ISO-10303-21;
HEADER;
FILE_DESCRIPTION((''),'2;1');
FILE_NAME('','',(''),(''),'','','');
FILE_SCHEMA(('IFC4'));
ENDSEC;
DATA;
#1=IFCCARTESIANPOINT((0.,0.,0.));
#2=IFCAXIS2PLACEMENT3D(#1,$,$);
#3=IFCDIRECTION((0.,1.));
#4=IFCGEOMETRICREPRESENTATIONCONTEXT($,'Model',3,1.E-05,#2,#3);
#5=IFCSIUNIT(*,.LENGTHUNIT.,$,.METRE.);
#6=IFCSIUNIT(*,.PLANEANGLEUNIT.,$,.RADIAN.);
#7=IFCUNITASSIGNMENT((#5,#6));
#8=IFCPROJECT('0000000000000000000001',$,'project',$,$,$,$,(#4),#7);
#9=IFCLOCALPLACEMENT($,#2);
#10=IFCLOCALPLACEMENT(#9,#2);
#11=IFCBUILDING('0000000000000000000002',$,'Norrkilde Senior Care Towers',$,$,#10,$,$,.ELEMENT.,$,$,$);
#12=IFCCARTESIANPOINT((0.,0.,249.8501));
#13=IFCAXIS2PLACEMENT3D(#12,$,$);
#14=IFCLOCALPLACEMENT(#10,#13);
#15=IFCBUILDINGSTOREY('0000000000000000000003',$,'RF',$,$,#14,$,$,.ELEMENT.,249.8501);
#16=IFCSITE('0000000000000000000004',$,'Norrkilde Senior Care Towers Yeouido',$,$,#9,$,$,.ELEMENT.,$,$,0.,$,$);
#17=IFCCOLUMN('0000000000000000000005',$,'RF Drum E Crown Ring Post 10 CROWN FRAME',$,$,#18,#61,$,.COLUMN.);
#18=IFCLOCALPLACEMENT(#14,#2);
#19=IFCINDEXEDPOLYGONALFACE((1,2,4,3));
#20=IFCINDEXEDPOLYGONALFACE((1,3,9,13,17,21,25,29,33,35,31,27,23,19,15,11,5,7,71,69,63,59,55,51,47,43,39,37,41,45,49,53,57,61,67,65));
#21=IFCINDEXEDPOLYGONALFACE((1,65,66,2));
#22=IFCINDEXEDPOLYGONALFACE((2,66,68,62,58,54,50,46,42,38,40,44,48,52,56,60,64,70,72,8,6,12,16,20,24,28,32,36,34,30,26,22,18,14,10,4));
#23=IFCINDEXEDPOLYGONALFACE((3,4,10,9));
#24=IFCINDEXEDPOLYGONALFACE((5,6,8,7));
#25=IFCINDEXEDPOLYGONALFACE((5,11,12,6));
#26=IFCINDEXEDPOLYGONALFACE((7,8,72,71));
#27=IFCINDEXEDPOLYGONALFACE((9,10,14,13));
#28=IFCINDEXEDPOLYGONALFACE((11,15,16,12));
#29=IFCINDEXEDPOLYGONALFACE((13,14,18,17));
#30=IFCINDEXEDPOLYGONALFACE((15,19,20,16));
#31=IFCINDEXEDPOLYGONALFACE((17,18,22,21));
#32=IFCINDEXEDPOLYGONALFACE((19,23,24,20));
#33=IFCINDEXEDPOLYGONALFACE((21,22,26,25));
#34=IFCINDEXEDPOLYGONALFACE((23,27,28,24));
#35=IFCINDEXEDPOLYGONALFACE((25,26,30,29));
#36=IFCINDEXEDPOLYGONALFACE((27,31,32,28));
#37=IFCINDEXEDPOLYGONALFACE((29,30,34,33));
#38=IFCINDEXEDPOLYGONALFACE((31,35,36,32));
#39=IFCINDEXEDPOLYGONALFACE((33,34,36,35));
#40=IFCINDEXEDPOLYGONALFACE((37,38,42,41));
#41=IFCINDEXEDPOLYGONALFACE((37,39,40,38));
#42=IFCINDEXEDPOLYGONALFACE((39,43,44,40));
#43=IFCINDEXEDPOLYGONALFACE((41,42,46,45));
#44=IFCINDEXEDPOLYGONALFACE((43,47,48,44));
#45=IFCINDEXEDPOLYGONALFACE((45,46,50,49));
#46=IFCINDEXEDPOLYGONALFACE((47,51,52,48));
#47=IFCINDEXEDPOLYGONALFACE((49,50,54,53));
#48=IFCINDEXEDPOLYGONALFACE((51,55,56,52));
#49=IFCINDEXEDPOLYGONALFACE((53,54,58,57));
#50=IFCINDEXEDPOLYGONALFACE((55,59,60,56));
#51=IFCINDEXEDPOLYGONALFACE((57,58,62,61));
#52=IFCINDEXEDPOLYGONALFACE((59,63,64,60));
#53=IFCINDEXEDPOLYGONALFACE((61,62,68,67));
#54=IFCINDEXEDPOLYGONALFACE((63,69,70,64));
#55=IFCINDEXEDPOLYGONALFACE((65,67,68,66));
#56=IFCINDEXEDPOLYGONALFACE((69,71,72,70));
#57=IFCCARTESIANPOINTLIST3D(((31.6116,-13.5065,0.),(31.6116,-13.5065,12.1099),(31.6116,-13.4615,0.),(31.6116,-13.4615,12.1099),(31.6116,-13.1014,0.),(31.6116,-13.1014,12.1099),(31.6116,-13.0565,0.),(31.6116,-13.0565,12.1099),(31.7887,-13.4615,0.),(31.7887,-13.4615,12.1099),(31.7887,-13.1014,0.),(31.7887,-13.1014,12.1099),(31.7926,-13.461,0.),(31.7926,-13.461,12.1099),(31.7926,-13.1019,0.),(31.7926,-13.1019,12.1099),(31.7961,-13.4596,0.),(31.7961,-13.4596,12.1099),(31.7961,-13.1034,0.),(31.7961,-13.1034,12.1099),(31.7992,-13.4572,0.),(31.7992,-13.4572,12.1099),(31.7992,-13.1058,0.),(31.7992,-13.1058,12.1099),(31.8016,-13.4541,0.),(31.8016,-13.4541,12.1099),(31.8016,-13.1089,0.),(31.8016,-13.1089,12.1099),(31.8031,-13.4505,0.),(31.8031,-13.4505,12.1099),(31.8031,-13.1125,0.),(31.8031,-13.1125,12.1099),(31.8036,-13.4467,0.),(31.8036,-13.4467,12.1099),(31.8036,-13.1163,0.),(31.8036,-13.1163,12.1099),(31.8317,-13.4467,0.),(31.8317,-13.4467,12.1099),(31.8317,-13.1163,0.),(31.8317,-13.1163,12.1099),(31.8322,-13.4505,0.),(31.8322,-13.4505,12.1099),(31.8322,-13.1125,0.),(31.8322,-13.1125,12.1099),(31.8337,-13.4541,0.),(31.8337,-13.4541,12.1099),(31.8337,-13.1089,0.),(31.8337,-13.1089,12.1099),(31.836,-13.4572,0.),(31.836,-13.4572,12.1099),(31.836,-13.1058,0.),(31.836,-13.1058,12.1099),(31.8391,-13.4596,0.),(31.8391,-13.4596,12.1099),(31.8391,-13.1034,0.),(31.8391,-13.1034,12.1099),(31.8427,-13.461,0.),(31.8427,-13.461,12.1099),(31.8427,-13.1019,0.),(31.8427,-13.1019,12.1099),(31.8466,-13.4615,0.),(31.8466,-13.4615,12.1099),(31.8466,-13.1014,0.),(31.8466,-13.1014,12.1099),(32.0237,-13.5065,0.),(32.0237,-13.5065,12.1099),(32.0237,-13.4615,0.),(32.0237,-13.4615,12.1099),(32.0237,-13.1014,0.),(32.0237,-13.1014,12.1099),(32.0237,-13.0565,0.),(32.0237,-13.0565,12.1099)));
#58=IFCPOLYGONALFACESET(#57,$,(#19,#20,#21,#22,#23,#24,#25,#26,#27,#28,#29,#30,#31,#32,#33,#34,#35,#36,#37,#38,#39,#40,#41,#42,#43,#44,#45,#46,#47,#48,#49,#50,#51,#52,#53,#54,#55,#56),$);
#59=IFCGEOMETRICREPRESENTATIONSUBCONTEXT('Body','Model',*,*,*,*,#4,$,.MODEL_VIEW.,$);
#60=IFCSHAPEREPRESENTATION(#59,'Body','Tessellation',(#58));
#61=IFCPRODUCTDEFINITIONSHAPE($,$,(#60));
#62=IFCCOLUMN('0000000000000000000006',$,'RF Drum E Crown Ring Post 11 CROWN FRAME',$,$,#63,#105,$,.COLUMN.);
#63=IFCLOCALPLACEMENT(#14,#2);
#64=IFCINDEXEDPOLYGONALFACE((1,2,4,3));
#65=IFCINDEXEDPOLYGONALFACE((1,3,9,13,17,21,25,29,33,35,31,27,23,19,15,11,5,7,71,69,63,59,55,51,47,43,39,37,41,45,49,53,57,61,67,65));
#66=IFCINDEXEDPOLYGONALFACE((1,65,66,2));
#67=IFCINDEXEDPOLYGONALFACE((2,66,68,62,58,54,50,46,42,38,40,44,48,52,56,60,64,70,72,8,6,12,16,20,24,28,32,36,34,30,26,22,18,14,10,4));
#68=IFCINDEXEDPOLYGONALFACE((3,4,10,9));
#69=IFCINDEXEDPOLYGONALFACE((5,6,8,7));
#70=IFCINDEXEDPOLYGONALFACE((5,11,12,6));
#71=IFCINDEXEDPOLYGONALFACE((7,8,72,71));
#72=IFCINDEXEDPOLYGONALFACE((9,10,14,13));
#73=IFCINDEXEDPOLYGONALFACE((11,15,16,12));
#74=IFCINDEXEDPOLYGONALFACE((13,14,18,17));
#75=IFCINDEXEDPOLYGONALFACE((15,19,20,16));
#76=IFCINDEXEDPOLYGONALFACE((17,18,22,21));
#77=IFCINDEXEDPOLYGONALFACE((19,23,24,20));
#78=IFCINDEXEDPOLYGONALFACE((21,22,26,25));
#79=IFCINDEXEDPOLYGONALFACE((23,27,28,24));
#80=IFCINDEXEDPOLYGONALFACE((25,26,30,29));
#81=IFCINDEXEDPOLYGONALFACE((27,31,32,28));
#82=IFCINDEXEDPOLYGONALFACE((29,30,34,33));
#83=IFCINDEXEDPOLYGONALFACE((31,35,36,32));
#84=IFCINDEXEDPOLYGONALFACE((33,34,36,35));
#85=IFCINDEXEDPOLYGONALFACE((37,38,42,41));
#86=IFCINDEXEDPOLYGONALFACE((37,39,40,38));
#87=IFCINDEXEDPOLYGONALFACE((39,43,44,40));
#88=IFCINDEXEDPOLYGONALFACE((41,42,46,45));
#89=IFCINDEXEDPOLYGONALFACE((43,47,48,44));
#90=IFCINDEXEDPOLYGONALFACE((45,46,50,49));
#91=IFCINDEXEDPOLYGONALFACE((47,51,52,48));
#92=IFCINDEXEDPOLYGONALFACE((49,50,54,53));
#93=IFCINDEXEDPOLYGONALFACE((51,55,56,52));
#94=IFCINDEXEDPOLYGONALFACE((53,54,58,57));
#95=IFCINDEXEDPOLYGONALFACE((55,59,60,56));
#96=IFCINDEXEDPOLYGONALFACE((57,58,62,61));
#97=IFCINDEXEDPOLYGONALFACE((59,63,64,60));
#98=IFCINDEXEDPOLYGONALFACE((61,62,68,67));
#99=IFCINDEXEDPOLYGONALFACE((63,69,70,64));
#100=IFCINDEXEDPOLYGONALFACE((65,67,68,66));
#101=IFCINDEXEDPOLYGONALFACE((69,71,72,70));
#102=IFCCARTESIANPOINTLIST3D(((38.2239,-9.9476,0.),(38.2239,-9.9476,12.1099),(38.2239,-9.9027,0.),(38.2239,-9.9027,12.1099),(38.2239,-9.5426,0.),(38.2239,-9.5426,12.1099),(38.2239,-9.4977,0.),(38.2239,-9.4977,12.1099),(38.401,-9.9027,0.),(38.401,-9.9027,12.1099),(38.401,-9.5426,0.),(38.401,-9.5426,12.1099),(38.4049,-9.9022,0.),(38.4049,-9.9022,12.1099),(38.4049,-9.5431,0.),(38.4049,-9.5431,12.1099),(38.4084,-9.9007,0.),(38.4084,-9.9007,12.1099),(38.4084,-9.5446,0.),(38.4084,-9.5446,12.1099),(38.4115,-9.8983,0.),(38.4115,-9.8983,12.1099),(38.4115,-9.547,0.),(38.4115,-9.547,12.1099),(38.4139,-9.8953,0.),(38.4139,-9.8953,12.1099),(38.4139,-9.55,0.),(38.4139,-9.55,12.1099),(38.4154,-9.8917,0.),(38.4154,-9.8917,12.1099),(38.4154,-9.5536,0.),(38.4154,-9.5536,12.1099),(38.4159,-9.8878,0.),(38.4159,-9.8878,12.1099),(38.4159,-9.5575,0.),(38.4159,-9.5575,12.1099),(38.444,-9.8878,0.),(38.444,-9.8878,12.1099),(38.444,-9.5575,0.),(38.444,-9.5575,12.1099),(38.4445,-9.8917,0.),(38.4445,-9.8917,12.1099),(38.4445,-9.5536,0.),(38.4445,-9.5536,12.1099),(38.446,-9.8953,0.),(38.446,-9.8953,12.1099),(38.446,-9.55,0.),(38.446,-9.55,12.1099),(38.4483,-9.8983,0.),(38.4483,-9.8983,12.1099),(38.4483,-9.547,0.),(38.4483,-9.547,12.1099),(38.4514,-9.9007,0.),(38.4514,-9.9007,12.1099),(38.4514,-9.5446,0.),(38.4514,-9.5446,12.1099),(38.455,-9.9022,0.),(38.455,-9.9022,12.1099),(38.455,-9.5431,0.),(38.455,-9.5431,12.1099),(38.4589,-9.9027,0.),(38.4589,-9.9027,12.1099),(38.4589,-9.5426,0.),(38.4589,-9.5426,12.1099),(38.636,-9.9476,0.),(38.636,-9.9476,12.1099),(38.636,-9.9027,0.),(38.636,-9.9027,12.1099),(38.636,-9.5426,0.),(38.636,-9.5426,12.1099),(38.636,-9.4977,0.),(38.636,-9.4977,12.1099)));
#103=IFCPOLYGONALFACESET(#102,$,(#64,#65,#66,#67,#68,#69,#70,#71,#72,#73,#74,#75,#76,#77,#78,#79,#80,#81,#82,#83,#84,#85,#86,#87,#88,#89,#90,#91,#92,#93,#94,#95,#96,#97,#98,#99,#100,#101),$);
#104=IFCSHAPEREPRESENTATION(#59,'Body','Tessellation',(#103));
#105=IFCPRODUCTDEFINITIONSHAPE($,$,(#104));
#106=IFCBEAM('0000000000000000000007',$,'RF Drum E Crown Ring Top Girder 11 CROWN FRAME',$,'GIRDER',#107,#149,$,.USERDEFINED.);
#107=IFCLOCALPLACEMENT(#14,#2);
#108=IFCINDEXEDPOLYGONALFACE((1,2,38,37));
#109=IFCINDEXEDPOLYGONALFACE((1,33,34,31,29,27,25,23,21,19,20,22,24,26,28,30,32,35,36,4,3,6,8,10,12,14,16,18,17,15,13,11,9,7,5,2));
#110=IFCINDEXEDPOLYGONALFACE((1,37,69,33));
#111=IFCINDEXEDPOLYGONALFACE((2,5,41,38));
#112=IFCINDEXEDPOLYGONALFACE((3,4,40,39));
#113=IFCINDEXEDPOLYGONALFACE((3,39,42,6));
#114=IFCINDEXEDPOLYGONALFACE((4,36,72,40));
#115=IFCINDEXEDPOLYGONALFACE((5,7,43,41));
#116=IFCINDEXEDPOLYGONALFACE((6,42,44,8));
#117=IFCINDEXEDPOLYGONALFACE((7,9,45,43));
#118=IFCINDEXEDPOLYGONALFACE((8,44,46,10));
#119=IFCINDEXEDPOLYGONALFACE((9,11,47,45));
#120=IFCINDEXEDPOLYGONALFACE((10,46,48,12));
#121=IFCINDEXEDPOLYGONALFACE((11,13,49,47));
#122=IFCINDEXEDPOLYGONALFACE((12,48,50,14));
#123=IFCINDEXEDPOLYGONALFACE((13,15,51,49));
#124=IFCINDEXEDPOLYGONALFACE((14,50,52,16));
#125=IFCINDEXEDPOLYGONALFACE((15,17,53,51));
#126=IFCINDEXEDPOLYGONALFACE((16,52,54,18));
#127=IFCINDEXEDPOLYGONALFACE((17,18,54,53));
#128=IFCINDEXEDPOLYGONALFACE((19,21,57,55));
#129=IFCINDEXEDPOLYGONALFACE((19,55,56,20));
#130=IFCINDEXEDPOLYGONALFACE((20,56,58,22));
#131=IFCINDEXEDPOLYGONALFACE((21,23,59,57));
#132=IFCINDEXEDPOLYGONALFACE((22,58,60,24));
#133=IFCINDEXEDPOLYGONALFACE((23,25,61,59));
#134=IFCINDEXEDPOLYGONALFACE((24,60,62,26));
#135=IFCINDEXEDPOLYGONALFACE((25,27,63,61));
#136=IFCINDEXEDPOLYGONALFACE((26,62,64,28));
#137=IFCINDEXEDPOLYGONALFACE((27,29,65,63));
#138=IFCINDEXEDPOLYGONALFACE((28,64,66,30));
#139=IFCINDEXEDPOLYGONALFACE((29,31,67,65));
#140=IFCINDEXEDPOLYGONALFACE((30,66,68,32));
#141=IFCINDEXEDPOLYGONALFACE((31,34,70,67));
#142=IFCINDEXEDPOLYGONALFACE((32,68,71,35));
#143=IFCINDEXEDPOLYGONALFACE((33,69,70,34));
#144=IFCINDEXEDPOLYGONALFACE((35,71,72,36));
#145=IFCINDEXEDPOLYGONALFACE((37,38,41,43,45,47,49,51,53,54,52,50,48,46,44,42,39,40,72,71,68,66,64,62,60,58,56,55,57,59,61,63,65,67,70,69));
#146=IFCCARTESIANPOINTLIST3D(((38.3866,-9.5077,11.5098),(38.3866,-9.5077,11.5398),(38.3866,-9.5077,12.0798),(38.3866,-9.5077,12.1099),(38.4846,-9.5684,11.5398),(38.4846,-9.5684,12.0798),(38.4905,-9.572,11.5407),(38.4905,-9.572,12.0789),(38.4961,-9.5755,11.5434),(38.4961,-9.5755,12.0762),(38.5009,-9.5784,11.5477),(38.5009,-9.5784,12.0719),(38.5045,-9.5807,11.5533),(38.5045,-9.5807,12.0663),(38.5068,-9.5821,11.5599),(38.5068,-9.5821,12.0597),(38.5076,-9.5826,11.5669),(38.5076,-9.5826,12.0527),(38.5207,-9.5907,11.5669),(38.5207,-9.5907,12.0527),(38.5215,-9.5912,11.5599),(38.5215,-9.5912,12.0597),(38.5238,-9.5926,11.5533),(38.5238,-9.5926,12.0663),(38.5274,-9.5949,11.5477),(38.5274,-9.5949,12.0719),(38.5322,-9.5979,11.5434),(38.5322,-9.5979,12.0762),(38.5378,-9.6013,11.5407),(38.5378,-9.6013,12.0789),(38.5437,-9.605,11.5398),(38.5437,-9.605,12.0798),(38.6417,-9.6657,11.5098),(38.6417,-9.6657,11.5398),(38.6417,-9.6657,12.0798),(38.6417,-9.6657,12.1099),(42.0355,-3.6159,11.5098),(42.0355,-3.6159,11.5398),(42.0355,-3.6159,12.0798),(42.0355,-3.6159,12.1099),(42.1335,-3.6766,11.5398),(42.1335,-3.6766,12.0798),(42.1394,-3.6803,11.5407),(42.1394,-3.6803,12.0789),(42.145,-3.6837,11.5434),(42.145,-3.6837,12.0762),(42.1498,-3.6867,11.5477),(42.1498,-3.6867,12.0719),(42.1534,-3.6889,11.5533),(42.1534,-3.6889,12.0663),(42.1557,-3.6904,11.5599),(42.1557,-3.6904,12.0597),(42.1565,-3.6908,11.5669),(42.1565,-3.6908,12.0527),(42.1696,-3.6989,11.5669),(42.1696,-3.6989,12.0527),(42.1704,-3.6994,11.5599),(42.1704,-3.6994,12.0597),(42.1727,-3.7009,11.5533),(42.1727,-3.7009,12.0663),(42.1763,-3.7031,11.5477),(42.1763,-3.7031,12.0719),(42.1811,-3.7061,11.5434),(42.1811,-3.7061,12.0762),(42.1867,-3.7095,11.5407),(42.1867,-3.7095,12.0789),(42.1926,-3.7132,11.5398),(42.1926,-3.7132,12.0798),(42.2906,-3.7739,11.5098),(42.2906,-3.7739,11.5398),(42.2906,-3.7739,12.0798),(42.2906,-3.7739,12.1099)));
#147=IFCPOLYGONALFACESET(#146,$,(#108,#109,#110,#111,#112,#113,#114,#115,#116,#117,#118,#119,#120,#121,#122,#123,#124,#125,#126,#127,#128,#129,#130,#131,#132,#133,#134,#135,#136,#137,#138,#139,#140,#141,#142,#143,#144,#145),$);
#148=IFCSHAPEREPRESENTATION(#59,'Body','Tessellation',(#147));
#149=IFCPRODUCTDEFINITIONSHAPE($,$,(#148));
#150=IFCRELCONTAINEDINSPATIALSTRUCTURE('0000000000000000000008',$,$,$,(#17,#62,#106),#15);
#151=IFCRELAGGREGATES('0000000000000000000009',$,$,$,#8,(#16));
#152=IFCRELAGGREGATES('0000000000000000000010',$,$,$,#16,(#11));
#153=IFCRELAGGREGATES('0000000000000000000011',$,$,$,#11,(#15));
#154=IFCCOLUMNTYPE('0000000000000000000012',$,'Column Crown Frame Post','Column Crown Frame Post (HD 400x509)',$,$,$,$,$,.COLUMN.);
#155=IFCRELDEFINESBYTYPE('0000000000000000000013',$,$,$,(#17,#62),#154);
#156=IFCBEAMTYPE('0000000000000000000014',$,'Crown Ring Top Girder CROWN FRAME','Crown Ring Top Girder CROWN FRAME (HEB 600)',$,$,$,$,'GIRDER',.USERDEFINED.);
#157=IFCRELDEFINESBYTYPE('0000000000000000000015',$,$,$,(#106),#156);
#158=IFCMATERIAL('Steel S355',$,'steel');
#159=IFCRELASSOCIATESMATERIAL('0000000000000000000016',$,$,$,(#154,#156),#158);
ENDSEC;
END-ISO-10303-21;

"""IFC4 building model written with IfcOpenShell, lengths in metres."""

from ifc_helpers import new_model, si_unit, direction, frame, origin, origin_2d, place, context, subcontext, project, spatial, i_section, extrude, source, transform, mapped, material, material_profile, profile_set, type_object, type_shapes, element, save


model = new_model("IFC4")

# Units and contexts
model_context = context("Model", 3, precision=1e-05, world=origin(), true_north=direction((0.0, 1.0)))
body_context = subcontext(model_context, "Body", "Model", "MODEL_VIEW")
ifc_project = project(units=[si_unit("LENGTHUNIT", "METRE"), si_unit("PLANEANGLEUNIT", "RADIAN")], contexts=[model_context])

# Site, building, storey
site_placement = place(None, origin())
site = spatial("IfcSite", under=ifc_project, at=site_placement, Name="Norrkilde Senior Care Towers Yeouido", CompositionType="ELEMENT", RefElevation=0.0)
building_placement = place(site_placement, origin())
building = spatial("IfcBuilding", under=site, at=building_placement, Name="Norrkilde Senior Care Towers", CompositionType="ELEMENT")
storey_placement = place(building_placement, frame((0.0, 0.0, 249.8501)))
storey = spatial("IfcBuildingStorey", under=building, at=storey_placement, Name="RF", CompositionType="ELEMENT", Elevation=249.8501)

# Columns
ifc_material_1 = material(Name="Steel S355", Category="steel")
ifc_material_profile_1 = material_profile(ifc_material_1, i_section(OverallWidth=0.4121, OverallDepth=0.45, WebThickness=0.0281, FlangeThickness=0.0449, FilletRadius=0.0149, at=origin_2d()), Name="HD 400x509")
ifc_profile_set_1 = profile_set([ifc_material_profile_1], Name="Steel S355")
column_type = type_object("IfcColumnType", Name="Column Crown Frame Post", Description="Column Crown Frame Post (HD 400x509)", PredefinedType="COLUMN", material=ifc_profile_set_1)
shared_shape_1 = source(origin(), body_context, "Body", "SweptSolid", [
    extrude(i_section(OverallWidth=0.4121, OverallDepth=0.45, WebThickness=0.0281, FlangeThickness=0.0449, FilletRadius=0.0149, at=origin_2d()), origin(), (0.0, 0.0, 1.0), 12.1099),
])
type_shapes(column_type, [shared_shape_1])
for number, where, z_axis, x_axis, name in (
    (1, (31.8176, -13.2815, 0.0), (0.0, 0.0, 1.0), (1.0, 0.0, 0.0), "RF Drum E Crown Ring Post 10 CROWN FRAME"),
    (2, (38.4299, -9.7227, 0.0), (0.0, 0.0, 1.0), (1.0, 0.0, 0.0), "RF Drum E Crown Ring Post 11 CROWN FRAME"),
):
    element("IfcColumn", number, at=place(storey_placement, frame(where, z_axis=z_axis, x_axis=x_axis)), inside=storey, type_object=column_type, Name=name, PredefinedType="COLUMN", context=body_context, shape_type="MappedRepresentation", body=[
        mapped(shared_shape_1, transform((0.0, 0.0, 0.0), x_axis=(1.0, 0.0, 0.0), y_axis=(0.0, 1.0, 0.0), z_axis=(0.0, 0.0, 1.0), scale=1.0)),
    ])

# Beam
ifc_material_profile_2 = material_profile(ifc_material_1, i_section(OverallWidth=0.3, OverallDepth=0.6001, WebThickness=0.0154, FlangeThickness=0.03, FilletRadius=0.0271, at=origin_2d()), Name="HEB 600")
ifc_profile_set_2 = profile_set([ifc_material_profile_2], Name="Steel S355")
beam_type_1 = type_object("IfcBeamType", Name="Crown Ring Top Girder CROWN FRAME", Description="Crown Ring Top Girder CROWN FRAME (HEB 600)", ElementType="GIRDER", PredefinedType="USERDEFINED", material=ifc_profile_set_2)
shared_shape_2 = source(origin(), body_context, "Body", "SweptSolid", [
    extrude(i_section(OverallWidth=0.3, OverallDepth=0.6001, WebThickness=0.0154, FlangeThickness=0.03, FilletRadius=0.0271, at=origin_2d()), origin(), (0.0, 0.0, 1.0), 6.9302),
])
beam_1_placement = place(storey_placement, frame((38.5142, -9.5867, 11.8098), z_axis=(0.526521, 0.850162, 0.0), x_axis=(-0.850162, 0.526521, 0.0)))
element("IfcBeam", 3, at=beam_1_placement, inside=storey, type_object=beam_type_1, Name="RF Drum E Crown Ring Top Girder 11 CROWN FRAME", ObjectType="GIRDER", PredefinedType="USERDEFINED", context=body_context, shape_type="MappedRepresentation", body=[
    mapped(shared_shape_2, transform((0.0, 0.0, 0.0), x_axis=(1.0, 0.0, 0.0), y_axis=(0.0, 1.0, 0.0), z_axis=(0.0, 0.0, 1.0), scale=1.0)),
])

save(model, "model.ifc")
